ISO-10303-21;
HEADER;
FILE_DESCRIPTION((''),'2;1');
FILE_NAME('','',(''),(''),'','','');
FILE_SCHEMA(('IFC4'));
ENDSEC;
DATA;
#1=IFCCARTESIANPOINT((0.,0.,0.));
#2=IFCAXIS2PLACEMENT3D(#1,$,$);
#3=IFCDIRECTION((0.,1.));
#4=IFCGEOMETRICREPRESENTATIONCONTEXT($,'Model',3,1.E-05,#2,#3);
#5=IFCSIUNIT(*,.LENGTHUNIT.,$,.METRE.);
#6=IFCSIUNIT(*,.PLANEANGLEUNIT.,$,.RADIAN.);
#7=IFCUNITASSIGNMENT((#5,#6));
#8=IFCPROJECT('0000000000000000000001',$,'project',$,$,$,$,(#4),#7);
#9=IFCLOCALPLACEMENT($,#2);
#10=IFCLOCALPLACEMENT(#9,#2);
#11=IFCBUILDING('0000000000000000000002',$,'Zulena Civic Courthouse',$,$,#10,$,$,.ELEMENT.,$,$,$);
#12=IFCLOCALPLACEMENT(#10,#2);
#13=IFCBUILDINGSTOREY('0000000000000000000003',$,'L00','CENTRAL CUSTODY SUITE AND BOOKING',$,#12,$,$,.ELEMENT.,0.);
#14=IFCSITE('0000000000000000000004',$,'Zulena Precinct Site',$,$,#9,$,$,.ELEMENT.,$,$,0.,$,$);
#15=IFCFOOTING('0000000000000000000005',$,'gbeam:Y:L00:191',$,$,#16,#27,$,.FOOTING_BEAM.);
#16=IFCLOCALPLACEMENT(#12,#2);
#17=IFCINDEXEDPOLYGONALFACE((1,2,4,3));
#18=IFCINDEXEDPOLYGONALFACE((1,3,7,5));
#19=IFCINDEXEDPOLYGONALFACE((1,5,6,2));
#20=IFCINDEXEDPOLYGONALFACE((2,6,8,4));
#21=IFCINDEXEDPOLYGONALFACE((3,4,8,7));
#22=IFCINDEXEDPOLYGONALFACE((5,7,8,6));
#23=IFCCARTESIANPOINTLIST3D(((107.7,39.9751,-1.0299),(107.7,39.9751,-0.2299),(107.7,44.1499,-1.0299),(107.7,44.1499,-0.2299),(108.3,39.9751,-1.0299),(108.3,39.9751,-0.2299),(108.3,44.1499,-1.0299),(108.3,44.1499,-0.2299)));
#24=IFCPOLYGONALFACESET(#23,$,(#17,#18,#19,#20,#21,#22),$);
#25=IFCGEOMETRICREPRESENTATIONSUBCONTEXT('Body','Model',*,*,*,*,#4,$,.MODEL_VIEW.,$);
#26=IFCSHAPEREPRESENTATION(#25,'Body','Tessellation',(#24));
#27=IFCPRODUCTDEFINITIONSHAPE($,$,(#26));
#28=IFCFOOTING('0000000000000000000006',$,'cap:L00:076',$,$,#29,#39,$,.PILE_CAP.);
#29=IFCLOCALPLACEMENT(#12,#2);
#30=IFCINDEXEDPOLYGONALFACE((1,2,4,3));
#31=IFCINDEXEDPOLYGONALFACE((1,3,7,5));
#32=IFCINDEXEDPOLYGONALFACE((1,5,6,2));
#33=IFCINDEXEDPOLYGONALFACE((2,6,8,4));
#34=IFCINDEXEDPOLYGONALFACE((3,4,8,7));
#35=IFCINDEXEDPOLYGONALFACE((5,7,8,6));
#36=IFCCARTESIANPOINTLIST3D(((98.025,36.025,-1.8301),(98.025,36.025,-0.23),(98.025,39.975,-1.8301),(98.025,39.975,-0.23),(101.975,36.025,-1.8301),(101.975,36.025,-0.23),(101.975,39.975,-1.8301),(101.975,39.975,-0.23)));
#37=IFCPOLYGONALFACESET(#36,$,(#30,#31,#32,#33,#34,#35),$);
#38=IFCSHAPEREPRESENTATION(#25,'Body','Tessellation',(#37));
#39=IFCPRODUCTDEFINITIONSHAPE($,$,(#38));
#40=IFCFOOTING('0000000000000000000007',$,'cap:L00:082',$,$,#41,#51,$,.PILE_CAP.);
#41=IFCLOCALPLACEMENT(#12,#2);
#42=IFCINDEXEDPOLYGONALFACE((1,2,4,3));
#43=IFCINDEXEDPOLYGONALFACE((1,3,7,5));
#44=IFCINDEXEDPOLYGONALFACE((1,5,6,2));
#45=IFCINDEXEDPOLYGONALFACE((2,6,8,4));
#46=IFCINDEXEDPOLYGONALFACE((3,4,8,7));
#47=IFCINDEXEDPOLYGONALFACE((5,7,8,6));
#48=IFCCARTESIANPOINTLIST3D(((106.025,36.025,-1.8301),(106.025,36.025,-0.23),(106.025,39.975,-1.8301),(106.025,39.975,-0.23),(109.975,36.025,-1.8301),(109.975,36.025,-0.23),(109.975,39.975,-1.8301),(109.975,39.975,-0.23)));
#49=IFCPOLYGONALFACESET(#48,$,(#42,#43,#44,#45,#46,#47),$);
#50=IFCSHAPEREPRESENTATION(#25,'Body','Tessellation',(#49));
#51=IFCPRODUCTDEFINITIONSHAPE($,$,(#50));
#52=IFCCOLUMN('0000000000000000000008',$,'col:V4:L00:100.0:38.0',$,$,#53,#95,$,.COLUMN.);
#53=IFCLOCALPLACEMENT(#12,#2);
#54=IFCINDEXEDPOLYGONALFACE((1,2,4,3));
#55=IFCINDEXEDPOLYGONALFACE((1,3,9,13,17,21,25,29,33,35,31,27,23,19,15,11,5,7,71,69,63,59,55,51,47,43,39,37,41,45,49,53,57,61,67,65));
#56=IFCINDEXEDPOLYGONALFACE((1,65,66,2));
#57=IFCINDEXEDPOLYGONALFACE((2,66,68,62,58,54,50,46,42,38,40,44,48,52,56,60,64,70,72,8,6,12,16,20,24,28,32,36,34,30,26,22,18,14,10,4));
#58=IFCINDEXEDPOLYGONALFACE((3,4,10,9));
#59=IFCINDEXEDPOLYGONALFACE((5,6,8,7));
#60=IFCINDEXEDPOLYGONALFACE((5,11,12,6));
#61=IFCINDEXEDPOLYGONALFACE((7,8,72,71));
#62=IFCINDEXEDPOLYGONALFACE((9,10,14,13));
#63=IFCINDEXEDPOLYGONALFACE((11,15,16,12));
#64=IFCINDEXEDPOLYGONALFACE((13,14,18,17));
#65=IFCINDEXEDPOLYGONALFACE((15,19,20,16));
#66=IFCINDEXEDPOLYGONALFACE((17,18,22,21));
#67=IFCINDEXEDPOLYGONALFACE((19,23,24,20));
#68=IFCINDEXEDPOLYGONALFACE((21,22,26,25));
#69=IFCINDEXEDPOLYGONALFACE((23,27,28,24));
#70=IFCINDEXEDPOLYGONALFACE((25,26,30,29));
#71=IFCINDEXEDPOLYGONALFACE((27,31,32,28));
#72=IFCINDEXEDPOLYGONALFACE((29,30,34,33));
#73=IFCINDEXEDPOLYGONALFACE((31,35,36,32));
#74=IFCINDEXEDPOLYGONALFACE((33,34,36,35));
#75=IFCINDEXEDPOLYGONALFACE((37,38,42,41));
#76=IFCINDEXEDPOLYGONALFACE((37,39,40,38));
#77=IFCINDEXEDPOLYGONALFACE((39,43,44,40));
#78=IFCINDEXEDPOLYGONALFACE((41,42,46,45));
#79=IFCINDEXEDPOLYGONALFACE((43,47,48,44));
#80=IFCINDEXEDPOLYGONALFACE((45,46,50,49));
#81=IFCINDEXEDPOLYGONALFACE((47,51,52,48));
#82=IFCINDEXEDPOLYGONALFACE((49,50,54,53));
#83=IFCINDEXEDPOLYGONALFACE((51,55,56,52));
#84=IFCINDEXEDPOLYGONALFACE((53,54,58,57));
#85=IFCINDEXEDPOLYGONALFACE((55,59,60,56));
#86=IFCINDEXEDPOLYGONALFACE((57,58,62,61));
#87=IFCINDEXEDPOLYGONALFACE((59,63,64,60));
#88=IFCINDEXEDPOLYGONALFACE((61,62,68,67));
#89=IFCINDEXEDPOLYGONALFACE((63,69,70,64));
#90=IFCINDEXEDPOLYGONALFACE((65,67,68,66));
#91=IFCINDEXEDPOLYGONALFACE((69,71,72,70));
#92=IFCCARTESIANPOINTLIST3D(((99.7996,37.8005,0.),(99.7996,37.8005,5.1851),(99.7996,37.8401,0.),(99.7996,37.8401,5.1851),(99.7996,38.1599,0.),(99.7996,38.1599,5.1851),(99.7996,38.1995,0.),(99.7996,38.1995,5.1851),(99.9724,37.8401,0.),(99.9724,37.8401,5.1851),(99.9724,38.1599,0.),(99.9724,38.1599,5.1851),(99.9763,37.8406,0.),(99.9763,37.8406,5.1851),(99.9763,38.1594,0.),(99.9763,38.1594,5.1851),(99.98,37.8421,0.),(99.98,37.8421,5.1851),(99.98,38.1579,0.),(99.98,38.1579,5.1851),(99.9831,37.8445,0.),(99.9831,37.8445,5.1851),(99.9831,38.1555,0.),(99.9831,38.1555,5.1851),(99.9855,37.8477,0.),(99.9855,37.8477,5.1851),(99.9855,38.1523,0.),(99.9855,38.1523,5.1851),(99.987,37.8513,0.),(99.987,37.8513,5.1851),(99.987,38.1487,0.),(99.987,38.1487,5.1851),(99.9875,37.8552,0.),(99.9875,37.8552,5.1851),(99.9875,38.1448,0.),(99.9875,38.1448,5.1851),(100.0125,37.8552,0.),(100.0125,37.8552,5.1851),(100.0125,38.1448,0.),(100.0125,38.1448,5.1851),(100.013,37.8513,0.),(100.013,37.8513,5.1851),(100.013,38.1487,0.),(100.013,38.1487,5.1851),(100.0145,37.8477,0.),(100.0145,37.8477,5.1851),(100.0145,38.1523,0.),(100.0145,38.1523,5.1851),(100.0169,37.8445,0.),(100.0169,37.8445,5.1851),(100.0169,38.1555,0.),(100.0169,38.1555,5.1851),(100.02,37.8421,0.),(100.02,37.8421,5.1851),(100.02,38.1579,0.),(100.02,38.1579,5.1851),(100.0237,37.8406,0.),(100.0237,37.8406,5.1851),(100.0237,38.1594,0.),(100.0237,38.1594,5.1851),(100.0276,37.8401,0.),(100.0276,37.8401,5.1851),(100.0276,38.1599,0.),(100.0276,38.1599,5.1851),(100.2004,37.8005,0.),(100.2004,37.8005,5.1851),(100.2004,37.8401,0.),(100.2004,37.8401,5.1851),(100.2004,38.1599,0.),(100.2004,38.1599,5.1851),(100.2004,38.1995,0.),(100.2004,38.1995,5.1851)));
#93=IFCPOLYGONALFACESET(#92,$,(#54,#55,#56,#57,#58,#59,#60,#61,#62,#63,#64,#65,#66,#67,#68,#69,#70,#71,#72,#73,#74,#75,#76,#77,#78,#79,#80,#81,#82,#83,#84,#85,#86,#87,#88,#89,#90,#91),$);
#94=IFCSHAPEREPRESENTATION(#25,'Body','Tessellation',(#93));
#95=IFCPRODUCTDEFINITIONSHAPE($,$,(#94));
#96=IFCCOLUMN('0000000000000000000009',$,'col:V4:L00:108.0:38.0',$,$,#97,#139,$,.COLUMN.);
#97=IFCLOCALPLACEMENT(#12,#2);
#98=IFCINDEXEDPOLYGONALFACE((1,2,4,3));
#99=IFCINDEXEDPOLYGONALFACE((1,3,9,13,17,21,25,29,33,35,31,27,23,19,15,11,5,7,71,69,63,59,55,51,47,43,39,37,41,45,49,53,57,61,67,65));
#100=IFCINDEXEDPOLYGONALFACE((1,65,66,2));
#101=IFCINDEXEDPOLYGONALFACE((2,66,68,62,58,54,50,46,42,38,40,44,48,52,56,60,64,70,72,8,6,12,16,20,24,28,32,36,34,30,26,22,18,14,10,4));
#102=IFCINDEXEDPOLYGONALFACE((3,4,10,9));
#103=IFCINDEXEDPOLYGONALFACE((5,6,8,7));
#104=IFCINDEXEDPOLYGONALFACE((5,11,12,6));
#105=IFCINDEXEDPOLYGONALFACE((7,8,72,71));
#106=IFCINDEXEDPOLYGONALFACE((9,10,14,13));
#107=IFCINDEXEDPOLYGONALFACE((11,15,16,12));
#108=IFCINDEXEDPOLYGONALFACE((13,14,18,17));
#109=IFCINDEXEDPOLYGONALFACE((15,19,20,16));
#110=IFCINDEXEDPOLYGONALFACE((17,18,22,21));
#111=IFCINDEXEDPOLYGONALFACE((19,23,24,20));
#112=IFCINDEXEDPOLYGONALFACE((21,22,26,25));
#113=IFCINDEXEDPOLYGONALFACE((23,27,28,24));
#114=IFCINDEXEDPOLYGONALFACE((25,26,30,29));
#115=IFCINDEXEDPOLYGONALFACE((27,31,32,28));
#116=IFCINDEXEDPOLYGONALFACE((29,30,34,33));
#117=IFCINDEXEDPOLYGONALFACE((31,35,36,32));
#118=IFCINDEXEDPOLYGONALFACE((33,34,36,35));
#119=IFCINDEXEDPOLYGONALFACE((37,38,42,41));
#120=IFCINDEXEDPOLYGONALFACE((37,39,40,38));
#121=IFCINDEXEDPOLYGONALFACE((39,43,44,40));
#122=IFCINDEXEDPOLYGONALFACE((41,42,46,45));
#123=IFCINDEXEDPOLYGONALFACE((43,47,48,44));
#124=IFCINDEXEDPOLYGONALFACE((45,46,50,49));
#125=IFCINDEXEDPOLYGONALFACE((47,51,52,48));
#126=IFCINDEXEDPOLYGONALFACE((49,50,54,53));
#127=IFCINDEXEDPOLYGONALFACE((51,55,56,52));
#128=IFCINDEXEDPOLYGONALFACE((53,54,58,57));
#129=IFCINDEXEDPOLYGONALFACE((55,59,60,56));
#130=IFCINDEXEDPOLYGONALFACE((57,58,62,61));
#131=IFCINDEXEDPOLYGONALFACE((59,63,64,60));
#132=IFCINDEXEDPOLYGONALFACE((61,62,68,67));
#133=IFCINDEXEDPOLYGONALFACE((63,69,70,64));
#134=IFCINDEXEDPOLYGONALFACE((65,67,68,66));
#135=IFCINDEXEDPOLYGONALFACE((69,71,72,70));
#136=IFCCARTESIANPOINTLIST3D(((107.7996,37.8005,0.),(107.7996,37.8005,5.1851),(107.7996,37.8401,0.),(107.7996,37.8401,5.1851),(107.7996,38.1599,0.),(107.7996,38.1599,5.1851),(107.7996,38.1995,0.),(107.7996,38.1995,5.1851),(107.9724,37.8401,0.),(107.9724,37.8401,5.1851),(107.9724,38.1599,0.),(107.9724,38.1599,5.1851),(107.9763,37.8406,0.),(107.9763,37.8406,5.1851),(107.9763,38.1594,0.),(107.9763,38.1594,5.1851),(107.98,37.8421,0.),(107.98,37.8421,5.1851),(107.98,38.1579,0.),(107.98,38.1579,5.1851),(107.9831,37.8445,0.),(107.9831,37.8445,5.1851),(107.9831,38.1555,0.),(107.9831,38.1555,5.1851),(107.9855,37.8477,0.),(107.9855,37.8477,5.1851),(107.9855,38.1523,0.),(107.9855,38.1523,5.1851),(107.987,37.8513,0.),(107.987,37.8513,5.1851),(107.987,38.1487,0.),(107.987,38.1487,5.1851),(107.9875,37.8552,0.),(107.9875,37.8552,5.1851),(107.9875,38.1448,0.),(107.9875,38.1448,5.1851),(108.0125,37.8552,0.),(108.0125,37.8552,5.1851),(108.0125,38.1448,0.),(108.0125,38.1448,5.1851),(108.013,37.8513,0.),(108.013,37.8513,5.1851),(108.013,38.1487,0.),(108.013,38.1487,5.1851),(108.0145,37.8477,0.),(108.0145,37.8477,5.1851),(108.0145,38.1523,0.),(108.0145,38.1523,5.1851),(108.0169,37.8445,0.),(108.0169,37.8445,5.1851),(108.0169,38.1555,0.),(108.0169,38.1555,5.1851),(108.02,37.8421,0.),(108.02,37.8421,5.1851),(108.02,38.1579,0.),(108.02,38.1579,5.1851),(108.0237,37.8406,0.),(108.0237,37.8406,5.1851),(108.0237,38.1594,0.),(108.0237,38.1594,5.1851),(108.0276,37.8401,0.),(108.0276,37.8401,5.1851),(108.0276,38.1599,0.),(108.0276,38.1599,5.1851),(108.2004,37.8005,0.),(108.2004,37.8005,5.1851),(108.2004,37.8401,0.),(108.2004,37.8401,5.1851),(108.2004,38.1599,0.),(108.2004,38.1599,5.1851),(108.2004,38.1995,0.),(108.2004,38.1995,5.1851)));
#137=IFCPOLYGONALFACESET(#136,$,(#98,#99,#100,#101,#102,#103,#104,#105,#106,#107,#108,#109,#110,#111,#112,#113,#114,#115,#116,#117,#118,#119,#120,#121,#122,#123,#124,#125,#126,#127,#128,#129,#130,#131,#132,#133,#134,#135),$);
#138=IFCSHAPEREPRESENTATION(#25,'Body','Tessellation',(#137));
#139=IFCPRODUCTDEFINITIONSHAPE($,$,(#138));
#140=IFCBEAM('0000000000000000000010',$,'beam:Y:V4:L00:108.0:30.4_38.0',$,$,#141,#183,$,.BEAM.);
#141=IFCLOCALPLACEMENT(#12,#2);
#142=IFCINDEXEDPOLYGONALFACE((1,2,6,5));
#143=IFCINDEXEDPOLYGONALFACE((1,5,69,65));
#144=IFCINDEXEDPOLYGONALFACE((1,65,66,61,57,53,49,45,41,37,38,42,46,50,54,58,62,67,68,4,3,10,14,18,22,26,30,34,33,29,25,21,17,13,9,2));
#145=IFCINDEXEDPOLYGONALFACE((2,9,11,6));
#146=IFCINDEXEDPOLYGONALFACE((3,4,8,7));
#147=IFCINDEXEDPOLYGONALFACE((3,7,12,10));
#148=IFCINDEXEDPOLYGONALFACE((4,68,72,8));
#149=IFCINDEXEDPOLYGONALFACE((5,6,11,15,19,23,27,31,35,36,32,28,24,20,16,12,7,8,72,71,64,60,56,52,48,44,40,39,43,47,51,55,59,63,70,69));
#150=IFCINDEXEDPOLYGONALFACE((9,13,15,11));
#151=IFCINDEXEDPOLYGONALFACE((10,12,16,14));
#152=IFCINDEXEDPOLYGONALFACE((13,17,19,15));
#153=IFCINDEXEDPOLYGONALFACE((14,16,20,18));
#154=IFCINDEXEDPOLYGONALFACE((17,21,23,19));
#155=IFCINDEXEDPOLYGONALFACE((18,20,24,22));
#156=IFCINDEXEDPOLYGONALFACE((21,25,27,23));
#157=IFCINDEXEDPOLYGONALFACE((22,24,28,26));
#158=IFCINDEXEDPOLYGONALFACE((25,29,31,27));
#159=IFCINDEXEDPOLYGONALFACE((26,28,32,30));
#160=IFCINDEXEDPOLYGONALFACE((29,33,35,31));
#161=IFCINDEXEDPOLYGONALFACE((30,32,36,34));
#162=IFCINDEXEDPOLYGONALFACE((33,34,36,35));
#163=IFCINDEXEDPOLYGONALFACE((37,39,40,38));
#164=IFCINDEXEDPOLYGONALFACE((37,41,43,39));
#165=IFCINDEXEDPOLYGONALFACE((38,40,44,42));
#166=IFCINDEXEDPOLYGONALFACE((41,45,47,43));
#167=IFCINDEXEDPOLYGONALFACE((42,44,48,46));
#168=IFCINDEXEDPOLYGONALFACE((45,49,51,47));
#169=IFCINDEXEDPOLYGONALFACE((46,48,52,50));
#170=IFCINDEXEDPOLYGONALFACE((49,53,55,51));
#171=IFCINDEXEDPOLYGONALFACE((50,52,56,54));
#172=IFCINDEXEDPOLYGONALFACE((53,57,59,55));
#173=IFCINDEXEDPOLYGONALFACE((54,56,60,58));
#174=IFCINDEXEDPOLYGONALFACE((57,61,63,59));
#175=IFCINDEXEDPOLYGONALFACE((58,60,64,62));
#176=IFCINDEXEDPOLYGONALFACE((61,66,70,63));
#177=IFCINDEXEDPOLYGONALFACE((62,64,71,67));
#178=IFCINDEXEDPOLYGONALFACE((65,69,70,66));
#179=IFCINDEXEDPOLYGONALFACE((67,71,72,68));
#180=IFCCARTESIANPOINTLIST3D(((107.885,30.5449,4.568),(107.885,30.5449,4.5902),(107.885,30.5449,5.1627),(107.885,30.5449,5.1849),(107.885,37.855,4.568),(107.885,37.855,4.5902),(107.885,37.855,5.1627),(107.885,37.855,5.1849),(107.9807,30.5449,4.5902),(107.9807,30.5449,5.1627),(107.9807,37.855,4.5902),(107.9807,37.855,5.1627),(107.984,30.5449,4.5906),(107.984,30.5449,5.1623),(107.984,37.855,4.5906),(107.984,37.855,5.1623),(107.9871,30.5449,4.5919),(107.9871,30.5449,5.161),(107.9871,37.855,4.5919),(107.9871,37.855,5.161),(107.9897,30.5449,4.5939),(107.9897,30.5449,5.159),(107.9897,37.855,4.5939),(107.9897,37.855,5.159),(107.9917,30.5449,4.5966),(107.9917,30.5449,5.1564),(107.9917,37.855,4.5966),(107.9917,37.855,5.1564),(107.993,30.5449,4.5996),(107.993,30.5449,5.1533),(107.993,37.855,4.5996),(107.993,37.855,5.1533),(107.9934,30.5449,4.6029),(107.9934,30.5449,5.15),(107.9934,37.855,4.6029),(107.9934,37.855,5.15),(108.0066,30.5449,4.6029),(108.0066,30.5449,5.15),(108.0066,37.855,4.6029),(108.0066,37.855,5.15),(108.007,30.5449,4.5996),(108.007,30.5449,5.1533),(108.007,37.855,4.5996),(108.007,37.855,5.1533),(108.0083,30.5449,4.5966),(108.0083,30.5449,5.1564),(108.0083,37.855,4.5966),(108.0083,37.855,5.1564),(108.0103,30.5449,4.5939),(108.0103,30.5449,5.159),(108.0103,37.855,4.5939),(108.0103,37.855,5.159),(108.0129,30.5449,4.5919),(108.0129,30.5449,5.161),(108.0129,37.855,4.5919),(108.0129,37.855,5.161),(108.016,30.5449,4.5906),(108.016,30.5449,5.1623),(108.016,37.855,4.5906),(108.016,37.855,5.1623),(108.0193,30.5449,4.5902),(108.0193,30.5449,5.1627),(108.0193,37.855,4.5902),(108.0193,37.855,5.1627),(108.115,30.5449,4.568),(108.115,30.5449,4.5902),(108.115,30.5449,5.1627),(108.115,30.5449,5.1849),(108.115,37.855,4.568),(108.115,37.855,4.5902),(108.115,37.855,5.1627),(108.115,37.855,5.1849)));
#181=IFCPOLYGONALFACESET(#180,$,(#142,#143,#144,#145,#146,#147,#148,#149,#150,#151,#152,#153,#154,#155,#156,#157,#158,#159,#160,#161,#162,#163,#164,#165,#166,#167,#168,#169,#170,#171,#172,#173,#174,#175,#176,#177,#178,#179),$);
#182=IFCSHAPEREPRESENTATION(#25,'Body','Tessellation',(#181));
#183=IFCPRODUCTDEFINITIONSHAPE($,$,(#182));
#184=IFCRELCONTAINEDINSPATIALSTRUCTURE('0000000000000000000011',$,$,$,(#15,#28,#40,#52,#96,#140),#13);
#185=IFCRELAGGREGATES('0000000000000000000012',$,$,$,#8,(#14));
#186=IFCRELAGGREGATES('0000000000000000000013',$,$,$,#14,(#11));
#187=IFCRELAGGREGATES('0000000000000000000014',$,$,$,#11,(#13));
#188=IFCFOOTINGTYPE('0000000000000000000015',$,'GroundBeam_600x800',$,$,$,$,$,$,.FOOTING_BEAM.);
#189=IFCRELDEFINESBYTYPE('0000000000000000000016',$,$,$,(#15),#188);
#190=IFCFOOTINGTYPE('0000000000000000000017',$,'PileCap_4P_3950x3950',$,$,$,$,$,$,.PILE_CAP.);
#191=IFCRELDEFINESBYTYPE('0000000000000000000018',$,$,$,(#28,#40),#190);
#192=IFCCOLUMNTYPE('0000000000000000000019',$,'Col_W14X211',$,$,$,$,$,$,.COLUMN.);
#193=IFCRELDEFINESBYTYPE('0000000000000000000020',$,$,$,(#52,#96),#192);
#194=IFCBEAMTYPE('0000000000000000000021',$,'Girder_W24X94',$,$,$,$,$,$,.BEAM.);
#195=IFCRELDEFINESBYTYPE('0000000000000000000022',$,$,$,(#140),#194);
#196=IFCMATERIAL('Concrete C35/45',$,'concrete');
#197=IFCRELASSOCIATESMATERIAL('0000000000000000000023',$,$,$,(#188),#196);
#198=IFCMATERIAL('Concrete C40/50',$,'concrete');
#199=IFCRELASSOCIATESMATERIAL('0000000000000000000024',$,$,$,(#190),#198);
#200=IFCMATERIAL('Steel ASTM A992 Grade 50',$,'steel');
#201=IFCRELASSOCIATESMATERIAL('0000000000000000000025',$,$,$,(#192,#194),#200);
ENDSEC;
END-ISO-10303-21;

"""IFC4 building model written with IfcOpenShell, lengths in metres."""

from ifc_helpers import new_model, si_unit, direction, frame, origin, origin_2d, place, context, subcontext, project, spatial, rectangle, i_section, extrude, material, material_profile, profile_set, type_object, element, save


model = new_model("IFC4")

# Units and contexts
model_context = context("Model", 3, precision=1e-05, world=origin(), true_north=direction((0.0, 1.0)))
body_context = subcontext(model_context, "Body", "Model", "MODEL_VIEW")
ifc_project = project(units=[si_unit("LENGTHUNIT", "METRE"), si_unit("PLANEANGLEUNIT", "RADIAN")], contexts=[model_context])

# Site, building, storey
site_placement = place(None, origin())
site = spatial("IfcSite", under=ifc_project, at=site_placement, Name="Zulena Precinct Site", CompositionType="ELEMENT", RefElevation=0.0)
building_placement = place(site_placement, origin())
building = spatial("IfcBuilding", under=site, at=building_placement, Name="Zulena Civic Courthouse", CompositionType="ELEMENT")
storey_placement = place(building_placement, origin())
storey = spatial("IfcBuildingStorey", under=building, at=storey_placement, Name="L00", Description="CENTRAL CUSTODY SUITE AND BOOKING", CompositionType="ELEMENT", Elevation=0.0)

# Shared definitions
ifc_material_1 = material(Name="Concrete C40/50", Category="concrete")

# Footings
ifc_material_2 = material(Name="Concrete C35/45", Category="concrete")
ifc_material_profile_1 = material_profile(ifc_material_2, rectangle(XDim=0.6001, YDim=0.8, at=origin_2d()), Name="RC600X800")
ifc_profile_set_1 = profile_set([ifc_material_profile_1], Name="Concrete C35/45")
footing_type_1 = type_object("IfcFootingType", Name="GroundBeam_600x800", PredefinedType="FOOTING_BEAM", material=ifc_profile_set_1)
footing_1_placement = place(storey_placement, frame((108.0, 39.9751, -0.6299), z_axis=(0.0, 1.0, 0.0), x_axis=(-1.0, 0.0, 0.0)))
element("IfcFooting", 1, at=footing_1_placement, inside=storey, type_object=footing_type_1, Name="gbeam:Y:L00:191", PredefinedType="FOOTING_BEAM", context=body_context, shape_type="SweptSolid", body=[
    extrude(rectangle(XDim=0.6001, YDim=0.8, at=origin_2d()), origin(), (0.0, 0.0, 1.0), 4.1748),
])
footing_type_2 = type_object("IfcFootingType", Name="PileCap_4P_3950x3950", PredefinedType="PILE_CAP", material=ifc_material_1)
for number, where, z_axis, x_axis, name in (
    (2, (100.0, 38.0, -1.8301), (0.0, 0.0, 1.0), (1.0, 0.0, 0.0), "cap:L00:076"),
    (3, (108.0, 38.0, -1.8301), (0.0, 0.0, 1.0), (1.0, 0.0, 0.0), "cap:L00:082"),
):
    element("IfcFooting", number, at=place(storey_placement, frame(where, z_axis=z_axis, x_axis=x_axis)), inside=storey, type_object=footing_type_2, Name=name, PredefinedType="PILE_CAP", context=body_context, shape_type="SweptSolid", body=[
        extrude(rectangle(XDim=3.95, YDim=3.95, at=origin_2d()), origin(), (0.0, 0.0, 1.0), 1.6001),
    ])

# Columns
ifc_material_3 = material(Name="Steel ASTM A992 Grade 50", Category="steel")
ifc_material_profile_2 = material_profile(ifc_material_3, i_section(OverallWidth=0.4009, OverallDepth=0.3989, WebThickness=0.0249, FlangeThickness=0.0396, FilletRadius=0.0151, at=origin_2d()), Name="W14X211")
ifc_profile_set_2 = profile_set([ifc_material_profile_2], Name="Steel ASTM A992 Grade 50")
column_type = type_object("IfcColumnType", Name="Col_W14X211", PredefinedType="COLUMN", material=ifc_profile_set_2)
for number, where, z_axis, x_axis, name in (
    (4, (100.0, 38.0, 0.0), (0.0, 0.0, 1.0), (1.0, 0.0, 0.0), "col:V4:L00:100.0:38.0"),
    (5, (108.0, 38.0, 0.0), (0.0, 0.0, 1.0), (1.0, 0.0, 0.0), "col:V4:L00:108.0:38.0"),
):
    element("IfcColumn", number, at=place(storey_placement, frame(where, z_axis=z_axis, x_axis=x_axis)), inside=storey, type_object=column_type, Name=name, PredefinedType="COLUMN", context=body_context, shape_type="SweptSolid", body=[
        extrude(i_section(OverallWidth=0.4009, OverallDepth=0.3989, WebThickness=0.0249, FlangeThickness=0.0396, FilletRadius=0.0151, at=origin_2d()), origin(), (0.0, 0.0, 1.0), 5.1851),
    ])

# Beam
ifc_material_profile_3 = material_profile(ifc_material_3, i_section(OverallWidth=0.23, OverallDepth=0.6169, WebThickness=0.0132, FlangeThickness=0.0222, FilletRadius=0.0127, at=origin_2d()), Name="W24X94")
ifc_profile_set_3 = profile_set([ifc_material_profile_3], Name="Steel ASTM A992 Grade 50")
beam_type_1 = type_object("IfcBeamType", Name="Girder_W24X94", PredefinedType="BEAM", material=ifc_profile_set_3)
beam_placement = place(storey_placement, frame((108.0, 30.5449, 4.8765), z_axis=(0.0, 1.0, 0.0), x_axis=(-1.0, 0.0, 0.0)))
element("IfcBeam", 6, at=beam_placement, inside=storey, type_object=beam_type_1, Name="beam:Y:V4:L00:108.0:30.4_38.0", PredefinedType="BEAM", context=body_context, shape_type="SweptSolid", body=[
    extrude(i_section(OverallWidth=0.23, OverallDepth=0.6169, WebThickness=0.0132, FlangeThickness=0.0222, FilletRadius=0.0127, at=origin_2d()), origin(), (0.0, 0.0, 1.0), 7.3101),
])

save(model, "model.ifc")
